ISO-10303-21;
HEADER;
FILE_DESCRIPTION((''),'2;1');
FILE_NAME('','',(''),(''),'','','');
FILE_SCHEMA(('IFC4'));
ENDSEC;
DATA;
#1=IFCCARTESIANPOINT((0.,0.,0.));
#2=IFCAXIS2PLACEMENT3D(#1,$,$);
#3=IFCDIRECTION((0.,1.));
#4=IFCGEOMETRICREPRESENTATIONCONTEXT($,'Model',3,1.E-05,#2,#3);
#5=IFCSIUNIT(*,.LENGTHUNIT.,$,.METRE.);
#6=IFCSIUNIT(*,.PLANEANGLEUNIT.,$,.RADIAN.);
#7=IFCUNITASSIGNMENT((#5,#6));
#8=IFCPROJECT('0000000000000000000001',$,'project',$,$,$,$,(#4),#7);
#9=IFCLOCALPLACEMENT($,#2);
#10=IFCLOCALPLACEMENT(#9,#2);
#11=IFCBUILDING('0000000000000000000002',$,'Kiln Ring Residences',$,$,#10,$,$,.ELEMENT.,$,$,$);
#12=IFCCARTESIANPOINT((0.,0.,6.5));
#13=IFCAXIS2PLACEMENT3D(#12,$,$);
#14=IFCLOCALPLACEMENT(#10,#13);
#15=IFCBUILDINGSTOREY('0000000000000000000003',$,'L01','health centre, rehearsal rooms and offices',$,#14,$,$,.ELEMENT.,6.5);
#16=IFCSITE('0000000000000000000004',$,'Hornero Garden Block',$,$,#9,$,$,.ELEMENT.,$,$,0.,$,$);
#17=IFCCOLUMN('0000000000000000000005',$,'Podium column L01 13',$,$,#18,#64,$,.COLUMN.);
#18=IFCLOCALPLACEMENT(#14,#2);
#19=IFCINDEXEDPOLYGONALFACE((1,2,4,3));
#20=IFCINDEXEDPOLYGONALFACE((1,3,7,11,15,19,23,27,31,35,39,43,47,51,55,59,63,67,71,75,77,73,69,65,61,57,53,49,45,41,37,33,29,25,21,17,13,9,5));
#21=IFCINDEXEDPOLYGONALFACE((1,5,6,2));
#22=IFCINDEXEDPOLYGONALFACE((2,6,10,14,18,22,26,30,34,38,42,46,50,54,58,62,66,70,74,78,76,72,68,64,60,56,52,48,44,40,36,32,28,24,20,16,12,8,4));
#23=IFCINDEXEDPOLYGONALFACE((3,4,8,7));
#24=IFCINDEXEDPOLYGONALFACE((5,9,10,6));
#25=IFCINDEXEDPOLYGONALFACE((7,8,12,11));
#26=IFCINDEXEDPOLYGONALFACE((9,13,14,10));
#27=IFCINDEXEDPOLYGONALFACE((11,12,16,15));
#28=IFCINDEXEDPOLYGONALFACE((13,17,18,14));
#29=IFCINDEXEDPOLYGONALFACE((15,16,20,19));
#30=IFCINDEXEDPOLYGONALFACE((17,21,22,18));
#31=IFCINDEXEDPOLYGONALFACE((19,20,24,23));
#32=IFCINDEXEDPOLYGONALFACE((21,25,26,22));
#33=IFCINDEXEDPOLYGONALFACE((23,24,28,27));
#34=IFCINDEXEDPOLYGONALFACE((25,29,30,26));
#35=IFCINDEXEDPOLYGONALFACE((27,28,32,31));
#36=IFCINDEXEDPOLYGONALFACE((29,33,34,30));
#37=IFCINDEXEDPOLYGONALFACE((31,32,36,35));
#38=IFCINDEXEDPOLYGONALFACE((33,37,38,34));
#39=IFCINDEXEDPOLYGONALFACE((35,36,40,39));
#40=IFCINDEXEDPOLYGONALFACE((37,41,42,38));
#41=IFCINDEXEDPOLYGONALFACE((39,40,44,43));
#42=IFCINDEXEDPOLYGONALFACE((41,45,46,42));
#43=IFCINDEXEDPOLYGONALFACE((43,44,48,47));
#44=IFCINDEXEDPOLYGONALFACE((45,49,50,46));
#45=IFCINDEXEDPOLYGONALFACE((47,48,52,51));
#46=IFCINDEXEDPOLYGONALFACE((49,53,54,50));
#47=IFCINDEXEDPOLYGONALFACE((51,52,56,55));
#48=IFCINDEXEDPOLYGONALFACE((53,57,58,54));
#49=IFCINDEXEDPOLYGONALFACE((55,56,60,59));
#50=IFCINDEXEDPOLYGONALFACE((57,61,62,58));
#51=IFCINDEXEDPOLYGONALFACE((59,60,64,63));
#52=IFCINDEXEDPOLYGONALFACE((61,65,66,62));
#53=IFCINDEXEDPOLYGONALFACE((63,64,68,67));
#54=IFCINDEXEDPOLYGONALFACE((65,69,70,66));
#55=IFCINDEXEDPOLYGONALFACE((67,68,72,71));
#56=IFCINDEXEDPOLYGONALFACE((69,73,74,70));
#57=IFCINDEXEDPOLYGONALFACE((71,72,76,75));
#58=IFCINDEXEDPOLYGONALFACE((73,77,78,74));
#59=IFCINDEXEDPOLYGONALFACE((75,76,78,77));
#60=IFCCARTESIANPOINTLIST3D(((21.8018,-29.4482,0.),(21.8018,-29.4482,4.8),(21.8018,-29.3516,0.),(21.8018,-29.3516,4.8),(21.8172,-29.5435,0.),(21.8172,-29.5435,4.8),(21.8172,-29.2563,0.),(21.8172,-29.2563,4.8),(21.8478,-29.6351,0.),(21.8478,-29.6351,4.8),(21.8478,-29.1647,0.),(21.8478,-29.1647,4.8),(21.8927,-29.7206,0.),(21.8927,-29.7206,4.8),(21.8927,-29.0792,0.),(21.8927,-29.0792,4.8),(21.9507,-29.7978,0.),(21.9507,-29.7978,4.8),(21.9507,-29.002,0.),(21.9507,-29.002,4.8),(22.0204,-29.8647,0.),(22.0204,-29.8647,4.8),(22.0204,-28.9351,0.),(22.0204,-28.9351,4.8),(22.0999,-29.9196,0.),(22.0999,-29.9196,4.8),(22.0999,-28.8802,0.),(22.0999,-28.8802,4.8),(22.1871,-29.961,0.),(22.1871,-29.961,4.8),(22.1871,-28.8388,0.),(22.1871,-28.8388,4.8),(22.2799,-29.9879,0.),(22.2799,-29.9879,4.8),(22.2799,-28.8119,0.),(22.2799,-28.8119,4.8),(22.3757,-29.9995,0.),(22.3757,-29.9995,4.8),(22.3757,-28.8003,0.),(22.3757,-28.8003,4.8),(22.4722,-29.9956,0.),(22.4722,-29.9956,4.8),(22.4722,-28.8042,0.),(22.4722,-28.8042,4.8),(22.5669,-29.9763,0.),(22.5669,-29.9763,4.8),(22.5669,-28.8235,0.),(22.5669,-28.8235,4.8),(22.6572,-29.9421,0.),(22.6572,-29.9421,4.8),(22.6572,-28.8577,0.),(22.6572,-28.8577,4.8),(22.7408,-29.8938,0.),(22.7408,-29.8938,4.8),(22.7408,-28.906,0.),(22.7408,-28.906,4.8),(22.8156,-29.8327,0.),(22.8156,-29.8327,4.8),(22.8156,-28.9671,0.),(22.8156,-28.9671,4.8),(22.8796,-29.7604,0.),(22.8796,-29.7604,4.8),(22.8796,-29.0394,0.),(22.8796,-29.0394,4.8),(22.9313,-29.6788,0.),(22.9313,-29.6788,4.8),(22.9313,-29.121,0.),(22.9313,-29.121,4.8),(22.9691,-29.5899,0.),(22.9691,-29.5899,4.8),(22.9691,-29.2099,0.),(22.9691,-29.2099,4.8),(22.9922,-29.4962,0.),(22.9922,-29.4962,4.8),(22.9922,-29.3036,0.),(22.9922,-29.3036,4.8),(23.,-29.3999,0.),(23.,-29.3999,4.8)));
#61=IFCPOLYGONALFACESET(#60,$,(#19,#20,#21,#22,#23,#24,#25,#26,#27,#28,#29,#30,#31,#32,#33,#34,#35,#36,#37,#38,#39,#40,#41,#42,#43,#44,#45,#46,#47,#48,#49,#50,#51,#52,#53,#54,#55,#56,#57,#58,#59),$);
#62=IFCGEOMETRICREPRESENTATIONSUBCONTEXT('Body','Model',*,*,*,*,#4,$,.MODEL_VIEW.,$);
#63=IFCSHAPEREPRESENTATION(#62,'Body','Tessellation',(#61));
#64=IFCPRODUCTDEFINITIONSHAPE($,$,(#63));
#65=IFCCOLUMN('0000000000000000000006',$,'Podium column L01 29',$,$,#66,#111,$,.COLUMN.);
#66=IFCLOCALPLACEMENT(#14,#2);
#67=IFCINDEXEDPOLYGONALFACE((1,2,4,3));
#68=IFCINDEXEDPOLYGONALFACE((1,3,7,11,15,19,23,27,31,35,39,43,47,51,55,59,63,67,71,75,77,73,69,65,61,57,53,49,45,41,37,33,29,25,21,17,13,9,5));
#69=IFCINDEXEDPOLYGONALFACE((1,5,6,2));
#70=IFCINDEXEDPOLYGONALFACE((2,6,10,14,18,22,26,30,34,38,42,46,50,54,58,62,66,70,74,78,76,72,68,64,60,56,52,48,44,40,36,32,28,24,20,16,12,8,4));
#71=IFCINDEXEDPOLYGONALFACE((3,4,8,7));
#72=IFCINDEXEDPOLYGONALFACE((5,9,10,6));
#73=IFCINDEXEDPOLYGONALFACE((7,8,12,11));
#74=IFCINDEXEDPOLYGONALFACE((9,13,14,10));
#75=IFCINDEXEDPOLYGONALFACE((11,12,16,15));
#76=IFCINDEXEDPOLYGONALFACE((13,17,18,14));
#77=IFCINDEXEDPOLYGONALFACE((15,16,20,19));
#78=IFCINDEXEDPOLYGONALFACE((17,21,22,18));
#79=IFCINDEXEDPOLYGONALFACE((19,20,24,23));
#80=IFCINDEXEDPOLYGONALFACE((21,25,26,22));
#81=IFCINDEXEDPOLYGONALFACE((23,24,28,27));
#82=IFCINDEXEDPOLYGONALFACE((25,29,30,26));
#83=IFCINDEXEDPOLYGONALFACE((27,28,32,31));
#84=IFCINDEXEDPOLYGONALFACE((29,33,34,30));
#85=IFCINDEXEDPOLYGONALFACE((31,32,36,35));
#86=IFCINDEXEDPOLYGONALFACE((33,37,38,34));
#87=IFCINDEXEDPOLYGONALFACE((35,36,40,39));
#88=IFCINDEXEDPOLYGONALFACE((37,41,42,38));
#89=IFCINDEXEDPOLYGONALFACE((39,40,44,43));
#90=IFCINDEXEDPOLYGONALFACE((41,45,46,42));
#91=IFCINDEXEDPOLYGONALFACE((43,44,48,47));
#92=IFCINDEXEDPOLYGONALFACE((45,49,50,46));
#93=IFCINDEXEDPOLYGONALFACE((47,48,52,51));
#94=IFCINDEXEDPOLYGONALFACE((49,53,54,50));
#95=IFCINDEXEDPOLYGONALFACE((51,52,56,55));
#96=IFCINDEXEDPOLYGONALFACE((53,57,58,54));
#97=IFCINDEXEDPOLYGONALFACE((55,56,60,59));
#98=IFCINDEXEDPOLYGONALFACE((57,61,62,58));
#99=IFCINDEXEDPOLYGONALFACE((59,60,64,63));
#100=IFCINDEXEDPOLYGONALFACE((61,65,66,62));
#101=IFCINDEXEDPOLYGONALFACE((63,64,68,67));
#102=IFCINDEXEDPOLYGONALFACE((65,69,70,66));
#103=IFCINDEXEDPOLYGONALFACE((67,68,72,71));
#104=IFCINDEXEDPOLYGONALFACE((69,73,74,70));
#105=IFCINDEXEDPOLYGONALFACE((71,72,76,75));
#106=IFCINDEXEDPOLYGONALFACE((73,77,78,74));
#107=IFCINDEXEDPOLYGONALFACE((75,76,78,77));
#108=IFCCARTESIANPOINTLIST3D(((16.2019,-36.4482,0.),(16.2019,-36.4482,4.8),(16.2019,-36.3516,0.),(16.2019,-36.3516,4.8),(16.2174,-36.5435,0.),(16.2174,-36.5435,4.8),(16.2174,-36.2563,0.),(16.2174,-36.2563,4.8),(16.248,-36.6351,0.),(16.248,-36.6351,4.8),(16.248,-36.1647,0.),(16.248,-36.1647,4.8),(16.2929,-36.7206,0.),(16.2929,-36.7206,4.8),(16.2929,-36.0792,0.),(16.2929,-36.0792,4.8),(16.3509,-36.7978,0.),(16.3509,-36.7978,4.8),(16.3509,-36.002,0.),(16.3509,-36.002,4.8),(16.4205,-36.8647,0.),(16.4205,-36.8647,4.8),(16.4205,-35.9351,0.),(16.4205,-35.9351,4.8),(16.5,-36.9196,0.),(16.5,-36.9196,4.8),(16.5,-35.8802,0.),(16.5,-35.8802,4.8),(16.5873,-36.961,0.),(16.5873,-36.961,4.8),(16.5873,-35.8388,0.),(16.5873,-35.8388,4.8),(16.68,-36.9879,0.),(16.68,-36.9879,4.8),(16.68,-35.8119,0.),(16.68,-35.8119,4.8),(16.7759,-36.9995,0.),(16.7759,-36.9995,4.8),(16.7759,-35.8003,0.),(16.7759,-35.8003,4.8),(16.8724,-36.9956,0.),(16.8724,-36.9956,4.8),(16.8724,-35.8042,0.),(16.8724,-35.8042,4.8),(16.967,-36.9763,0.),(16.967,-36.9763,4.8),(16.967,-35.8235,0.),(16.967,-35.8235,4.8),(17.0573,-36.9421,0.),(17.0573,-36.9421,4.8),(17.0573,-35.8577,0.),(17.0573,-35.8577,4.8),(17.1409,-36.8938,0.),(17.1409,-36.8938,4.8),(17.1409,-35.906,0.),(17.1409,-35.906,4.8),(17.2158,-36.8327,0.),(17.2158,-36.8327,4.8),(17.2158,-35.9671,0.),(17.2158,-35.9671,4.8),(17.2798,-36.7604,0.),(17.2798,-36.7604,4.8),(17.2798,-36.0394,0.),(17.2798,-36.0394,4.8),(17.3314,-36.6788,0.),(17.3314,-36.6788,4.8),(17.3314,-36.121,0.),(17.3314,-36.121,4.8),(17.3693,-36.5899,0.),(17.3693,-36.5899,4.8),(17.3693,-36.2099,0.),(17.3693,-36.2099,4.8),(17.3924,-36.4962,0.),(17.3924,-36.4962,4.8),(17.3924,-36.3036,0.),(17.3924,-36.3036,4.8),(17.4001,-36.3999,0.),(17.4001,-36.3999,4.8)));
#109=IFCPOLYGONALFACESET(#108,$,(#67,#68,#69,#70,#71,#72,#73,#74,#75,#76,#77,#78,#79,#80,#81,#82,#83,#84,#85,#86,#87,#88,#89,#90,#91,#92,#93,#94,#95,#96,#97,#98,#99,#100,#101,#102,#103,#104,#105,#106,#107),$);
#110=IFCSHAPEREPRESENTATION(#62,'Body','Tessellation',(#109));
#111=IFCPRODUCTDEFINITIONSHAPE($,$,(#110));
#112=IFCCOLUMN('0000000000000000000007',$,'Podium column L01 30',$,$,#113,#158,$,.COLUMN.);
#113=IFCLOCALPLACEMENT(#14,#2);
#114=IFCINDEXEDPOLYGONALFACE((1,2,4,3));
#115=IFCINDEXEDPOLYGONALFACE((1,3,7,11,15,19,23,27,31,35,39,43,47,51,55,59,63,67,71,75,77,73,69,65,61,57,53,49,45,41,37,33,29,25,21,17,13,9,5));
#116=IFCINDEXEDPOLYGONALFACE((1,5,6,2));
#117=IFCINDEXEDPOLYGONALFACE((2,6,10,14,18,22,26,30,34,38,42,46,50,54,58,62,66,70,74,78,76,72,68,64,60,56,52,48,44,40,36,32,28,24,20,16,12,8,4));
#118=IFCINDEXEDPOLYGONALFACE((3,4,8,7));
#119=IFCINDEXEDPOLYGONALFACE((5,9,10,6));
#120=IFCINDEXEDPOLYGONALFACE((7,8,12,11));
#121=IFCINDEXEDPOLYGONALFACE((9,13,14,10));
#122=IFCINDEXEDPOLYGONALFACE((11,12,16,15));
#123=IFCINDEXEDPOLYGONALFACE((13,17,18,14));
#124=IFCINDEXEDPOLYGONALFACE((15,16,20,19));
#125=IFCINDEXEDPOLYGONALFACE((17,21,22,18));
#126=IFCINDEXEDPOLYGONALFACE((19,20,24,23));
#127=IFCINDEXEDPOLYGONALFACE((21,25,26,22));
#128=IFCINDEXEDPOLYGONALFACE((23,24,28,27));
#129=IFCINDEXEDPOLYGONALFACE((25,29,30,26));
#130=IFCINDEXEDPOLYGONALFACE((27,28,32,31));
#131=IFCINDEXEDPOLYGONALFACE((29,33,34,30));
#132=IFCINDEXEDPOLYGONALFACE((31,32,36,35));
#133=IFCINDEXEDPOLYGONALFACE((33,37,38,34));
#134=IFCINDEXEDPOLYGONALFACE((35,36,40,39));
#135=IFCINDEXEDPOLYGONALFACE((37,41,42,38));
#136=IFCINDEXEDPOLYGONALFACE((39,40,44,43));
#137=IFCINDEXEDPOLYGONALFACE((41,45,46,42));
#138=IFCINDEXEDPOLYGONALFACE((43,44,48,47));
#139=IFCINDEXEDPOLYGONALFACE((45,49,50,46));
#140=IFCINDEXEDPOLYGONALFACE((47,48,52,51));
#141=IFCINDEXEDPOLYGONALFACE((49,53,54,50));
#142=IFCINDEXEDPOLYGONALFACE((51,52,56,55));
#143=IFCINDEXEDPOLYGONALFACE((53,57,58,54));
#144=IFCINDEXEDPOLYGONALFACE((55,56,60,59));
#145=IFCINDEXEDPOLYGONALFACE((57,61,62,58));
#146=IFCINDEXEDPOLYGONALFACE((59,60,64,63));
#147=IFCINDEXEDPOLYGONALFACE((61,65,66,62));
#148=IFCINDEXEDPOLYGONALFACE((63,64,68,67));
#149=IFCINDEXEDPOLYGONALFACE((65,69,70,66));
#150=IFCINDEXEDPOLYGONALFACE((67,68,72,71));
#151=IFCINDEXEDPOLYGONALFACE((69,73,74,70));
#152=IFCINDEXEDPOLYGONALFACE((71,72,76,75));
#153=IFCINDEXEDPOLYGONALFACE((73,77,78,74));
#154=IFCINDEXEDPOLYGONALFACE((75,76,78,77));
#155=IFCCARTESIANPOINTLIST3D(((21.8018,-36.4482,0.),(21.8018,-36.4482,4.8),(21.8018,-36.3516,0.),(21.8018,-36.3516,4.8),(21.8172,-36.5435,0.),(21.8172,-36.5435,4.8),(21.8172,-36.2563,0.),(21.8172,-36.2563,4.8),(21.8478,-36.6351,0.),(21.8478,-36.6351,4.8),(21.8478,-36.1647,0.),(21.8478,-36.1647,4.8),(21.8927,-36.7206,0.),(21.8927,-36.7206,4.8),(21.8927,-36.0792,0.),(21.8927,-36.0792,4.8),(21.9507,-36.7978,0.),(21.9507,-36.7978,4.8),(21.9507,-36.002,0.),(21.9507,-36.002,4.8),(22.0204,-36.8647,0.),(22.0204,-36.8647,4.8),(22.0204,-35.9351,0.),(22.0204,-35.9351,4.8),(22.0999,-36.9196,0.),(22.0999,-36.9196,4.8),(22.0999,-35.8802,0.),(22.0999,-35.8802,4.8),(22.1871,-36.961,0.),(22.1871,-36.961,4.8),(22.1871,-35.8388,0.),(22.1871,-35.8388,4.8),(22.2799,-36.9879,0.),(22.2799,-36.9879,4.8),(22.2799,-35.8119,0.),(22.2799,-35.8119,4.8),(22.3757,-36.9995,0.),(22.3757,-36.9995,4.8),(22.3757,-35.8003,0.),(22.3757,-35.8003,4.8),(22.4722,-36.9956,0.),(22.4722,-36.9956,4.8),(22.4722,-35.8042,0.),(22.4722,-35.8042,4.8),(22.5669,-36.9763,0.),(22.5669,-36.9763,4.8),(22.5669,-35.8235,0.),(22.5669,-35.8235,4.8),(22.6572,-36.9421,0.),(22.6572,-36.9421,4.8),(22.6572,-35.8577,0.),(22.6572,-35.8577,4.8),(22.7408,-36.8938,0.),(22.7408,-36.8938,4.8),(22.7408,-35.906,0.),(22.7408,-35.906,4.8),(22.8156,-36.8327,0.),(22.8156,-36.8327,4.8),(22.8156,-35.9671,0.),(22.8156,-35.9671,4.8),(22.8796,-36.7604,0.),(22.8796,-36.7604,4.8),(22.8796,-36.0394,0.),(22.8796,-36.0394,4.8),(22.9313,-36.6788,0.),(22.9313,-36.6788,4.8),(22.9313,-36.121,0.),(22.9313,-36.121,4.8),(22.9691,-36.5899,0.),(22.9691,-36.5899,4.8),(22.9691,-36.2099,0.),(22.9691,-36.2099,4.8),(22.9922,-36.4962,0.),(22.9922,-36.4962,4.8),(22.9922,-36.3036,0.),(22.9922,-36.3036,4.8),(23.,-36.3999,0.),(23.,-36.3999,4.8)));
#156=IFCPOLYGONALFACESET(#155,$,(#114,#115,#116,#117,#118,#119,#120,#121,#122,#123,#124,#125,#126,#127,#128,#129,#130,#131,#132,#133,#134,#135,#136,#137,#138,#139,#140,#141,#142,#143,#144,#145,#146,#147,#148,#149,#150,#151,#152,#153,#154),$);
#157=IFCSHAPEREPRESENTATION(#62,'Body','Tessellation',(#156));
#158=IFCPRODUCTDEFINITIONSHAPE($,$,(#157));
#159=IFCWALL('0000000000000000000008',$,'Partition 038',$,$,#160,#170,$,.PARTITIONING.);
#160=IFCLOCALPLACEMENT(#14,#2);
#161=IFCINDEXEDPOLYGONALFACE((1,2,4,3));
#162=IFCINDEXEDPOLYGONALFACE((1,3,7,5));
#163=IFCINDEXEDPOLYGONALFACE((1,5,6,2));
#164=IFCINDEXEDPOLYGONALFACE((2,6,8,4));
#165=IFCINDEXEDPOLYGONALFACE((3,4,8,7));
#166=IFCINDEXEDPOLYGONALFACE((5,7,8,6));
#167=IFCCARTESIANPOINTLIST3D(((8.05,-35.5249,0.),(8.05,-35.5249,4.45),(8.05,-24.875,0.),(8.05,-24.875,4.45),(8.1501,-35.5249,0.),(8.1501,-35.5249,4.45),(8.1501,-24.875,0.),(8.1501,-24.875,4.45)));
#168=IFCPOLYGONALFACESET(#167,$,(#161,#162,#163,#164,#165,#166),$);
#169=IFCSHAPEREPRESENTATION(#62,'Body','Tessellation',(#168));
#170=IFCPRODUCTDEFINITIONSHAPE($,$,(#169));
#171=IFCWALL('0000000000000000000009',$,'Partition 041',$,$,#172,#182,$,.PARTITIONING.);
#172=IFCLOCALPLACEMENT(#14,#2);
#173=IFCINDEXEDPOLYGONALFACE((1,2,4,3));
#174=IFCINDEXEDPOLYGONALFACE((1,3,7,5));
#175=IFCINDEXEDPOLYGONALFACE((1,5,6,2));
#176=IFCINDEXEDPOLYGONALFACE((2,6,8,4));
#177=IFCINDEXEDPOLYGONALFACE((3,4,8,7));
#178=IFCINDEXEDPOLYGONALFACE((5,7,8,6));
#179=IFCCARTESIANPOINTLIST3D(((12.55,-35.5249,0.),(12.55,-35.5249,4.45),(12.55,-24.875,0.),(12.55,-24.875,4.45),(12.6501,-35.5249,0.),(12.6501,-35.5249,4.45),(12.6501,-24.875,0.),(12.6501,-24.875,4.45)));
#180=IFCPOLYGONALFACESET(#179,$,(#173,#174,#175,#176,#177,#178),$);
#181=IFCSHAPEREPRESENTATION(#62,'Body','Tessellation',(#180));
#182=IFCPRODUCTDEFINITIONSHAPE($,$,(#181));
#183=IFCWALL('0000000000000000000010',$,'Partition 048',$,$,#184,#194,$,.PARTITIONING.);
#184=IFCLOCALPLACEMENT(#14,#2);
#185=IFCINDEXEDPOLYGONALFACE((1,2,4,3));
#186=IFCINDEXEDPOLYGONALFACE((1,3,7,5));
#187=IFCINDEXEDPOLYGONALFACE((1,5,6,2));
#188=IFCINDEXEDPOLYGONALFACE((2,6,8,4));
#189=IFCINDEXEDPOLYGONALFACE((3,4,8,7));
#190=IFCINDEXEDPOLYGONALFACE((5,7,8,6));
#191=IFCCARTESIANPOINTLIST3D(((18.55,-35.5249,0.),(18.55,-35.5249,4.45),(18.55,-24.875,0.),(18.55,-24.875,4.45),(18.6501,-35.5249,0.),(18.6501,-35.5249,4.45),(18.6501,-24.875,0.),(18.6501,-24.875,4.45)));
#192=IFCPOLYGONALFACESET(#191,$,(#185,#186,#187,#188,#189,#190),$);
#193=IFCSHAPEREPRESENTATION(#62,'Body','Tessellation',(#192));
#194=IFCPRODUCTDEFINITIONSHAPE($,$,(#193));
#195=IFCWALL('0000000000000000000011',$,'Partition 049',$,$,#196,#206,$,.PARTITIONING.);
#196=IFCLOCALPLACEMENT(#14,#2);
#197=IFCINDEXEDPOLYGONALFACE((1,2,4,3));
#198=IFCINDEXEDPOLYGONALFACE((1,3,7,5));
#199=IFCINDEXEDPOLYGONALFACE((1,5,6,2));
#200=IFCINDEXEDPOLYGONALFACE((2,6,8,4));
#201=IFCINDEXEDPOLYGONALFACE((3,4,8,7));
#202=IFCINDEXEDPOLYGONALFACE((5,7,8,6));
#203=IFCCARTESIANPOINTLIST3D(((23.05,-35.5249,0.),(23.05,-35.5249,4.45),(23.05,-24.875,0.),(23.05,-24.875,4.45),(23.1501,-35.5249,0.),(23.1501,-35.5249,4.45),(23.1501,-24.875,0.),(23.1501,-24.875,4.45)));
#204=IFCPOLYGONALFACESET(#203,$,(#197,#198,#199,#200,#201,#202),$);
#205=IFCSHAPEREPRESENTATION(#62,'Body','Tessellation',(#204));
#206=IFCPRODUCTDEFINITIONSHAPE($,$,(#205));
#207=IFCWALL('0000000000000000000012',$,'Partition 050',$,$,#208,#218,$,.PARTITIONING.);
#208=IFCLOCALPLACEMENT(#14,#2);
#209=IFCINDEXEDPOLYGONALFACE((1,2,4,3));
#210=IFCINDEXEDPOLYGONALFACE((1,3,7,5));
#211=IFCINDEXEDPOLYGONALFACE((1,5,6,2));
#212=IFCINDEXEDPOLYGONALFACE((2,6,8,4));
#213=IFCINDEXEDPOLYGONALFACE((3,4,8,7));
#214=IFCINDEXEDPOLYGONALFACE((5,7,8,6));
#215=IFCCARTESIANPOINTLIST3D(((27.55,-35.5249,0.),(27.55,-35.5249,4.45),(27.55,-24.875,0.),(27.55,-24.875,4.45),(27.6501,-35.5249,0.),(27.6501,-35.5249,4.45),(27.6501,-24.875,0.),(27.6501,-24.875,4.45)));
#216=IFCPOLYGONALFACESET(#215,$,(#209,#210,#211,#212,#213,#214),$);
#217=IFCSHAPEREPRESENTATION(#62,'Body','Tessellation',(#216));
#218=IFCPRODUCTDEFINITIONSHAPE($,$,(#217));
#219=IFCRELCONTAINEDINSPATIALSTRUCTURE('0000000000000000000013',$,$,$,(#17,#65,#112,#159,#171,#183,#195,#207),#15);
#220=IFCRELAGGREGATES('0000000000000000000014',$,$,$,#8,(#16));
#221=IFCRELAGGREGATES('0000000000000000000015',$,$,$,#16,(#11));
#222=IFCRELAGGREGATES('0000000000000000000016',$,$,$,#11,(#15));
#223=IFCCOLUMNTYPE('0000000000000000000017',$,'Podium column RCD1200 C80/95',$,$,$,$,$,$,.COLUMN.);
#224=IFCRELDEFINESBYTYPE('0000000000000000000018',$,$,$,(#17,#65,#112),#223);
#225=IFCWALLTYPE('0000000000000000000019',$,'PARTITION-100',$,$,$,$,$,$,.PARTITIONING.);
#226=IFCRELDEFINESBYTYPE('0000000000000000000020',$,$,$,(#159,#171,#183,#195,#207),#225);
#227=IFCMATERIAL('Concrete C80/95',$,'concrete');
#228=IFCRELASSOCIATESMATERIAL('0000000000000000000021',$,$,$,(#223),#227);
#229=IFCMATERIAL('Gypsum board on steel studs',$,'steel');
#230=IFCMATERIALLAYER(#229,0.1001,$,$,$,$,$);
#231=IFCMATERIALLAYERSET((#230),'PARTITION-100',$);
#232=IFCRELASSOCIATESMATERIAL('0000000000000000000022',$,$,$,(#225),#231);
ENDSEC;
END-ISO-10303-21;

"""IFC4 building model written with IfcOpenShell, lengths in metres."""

from ifc_helpers import new_model, si_unit, direction, frame, frame_2d, origin, origin_2d, place, context, subcontext, project, spatial, rectangle, circle, extrude, material, layer, layer_set, material_profile, profile_set, type_object, element, save


model = new_model("IFC4")

# Units and contexts
model_context = context("Model", 3, precision=1e-05, world=origin(), true_north=direction((0.0, 1.0)))
body_context = subcontext(model_context, "Body", "Model", "MODEL_VIEW")
ifc_project = project(units=[si_unit("LENGTHUNIT", "METRE"), si_unit("PLANEANGLEUNIT", "RADIAN")], contexts=[model_context])

# Site, building, storey
site_placement = place(None, origin())
site = spatial("IfcSite", under=ifc_project, at=site_placement, Name="Hornero Garden Block", CompositionType="ELEMENT", RefElevation=0.0)
building_placement = place(site_placement, origin())
building = spatial("IfcBuilding", under=site, at=building_placement, Name="Kiln Ring Residences", CompositionType="ELEMENT")
storey_placement = place(building_placement, frame((0.0, 0.0, 6.5)))
storey = spatial("IfcBuildingStorey", under=building, at=storey_placement, Name="L01", Description="health centre, rehearsal rooms and offices", CompositionType="ELEMENT", Elevation=6.5)

# Columns
ifc_material_1 = material(Name="Concrete C80/95", Category="concrete")
ifc_material_profile = material_profile(ifc_material_1, circle(Radius=0.6001, at=origin_2d()), Name="RCD1200")
ifc_profile_set = profile_set([ifc_material_profile], Name="Concrete C80/95")
column_type = type_object("IfcColumnType", Name="Podium column RCD1200 C80/95", PredefinedType="COLUMN", material=ifc_profile_set)
for number, where, z_axis, x_axis, name in (
    (1, (22.3999, -29.3999, 0.0), (0.0, 0.0, 1.0), (1.0, 0.0, 0.0), "Podium column L01 13"),
    (2, (16.8, -36.3999, 0.0), (0.0, 0.0, 1.0), (1.0, 0.0, 0.0), "Podium column L01 29"),
    (3, (22.3999, -36.3999, 0.0), (0.0, 0.0, 1.0), (1.0, 0.0, 0.0), "Podium column L01 30"),
):
    element("IfcColumn", number, at=place(storey_placement, frame(where, z_axis=z_axis, x_axis=x_axis)), inside=storey, type_object=column_type, Name=name, PredefinedType="COLUMN", context=body_context, shape_type="SweptSolid", body=[
        extrude(circle(Radius=0.6001, at=origin_2d()), origin(), (0.0, 0.0, 1.0), 4.8),
    ])

# Walls
ifc_material_2 = material(Name="Gypsum board on steel studs", Category="steel")
ifc_layer_1 = layer(ifc_material_2, 0.1001)
ifc_layer_set_1 = layer_set([ifc_layer_1], Name="PARTITION-100")
wall_type_1 = type_object("IfcWallType", Name="PARTITION-100", PredefinedType="PARTITIONING", material=ifc_layer_set_1)
for number, where, z_axis, x_axis, name in (
    (4, (8.1001, -35.5249, 0.0), (0.0, 0.0, 1.0), (0.0, 1.0, 0.0), "Partition 038"),
    (5, (12.6001, -35.5249, 0.0), (0.0, 0.0, 1.0), (0.0, 1.0, 0.0), "Partition 041"),
    (6, (18.6001, -35.5249, 0.0), (0.0, 0.0, 1.0), (0.0, 1.0, 0.0), "Partition 048"),
    (7, (23.1001, -35.5249, 0.0), (0.0, 0.0, 1.0), (0.0, 1.0, 0.0), "Partition 049"),
    (8, (27.6001, -35.5249, 0.0), (0.0, 0.0, 1.0), (0.0, 1.0, 0.0), "Partition 050"),
):
    element("IfcWall", number, at=place(storey_placement, frame(where, z_axis=z_axis, x_axis=x_axis)), inside=storey, type_object=wall_type_1, Name=name, PredefinedType="PARTITIONING", context=body_context, shape_type="SweptSolid", body=[
        extrude(rectangle(XDim=10.6499, YDim=0.1001, at=frame_2d((5.325, 0.0))), origin(), (0.0, 0.0, 1.0), 4.45),
    ])

save(model, "model.ifc")
